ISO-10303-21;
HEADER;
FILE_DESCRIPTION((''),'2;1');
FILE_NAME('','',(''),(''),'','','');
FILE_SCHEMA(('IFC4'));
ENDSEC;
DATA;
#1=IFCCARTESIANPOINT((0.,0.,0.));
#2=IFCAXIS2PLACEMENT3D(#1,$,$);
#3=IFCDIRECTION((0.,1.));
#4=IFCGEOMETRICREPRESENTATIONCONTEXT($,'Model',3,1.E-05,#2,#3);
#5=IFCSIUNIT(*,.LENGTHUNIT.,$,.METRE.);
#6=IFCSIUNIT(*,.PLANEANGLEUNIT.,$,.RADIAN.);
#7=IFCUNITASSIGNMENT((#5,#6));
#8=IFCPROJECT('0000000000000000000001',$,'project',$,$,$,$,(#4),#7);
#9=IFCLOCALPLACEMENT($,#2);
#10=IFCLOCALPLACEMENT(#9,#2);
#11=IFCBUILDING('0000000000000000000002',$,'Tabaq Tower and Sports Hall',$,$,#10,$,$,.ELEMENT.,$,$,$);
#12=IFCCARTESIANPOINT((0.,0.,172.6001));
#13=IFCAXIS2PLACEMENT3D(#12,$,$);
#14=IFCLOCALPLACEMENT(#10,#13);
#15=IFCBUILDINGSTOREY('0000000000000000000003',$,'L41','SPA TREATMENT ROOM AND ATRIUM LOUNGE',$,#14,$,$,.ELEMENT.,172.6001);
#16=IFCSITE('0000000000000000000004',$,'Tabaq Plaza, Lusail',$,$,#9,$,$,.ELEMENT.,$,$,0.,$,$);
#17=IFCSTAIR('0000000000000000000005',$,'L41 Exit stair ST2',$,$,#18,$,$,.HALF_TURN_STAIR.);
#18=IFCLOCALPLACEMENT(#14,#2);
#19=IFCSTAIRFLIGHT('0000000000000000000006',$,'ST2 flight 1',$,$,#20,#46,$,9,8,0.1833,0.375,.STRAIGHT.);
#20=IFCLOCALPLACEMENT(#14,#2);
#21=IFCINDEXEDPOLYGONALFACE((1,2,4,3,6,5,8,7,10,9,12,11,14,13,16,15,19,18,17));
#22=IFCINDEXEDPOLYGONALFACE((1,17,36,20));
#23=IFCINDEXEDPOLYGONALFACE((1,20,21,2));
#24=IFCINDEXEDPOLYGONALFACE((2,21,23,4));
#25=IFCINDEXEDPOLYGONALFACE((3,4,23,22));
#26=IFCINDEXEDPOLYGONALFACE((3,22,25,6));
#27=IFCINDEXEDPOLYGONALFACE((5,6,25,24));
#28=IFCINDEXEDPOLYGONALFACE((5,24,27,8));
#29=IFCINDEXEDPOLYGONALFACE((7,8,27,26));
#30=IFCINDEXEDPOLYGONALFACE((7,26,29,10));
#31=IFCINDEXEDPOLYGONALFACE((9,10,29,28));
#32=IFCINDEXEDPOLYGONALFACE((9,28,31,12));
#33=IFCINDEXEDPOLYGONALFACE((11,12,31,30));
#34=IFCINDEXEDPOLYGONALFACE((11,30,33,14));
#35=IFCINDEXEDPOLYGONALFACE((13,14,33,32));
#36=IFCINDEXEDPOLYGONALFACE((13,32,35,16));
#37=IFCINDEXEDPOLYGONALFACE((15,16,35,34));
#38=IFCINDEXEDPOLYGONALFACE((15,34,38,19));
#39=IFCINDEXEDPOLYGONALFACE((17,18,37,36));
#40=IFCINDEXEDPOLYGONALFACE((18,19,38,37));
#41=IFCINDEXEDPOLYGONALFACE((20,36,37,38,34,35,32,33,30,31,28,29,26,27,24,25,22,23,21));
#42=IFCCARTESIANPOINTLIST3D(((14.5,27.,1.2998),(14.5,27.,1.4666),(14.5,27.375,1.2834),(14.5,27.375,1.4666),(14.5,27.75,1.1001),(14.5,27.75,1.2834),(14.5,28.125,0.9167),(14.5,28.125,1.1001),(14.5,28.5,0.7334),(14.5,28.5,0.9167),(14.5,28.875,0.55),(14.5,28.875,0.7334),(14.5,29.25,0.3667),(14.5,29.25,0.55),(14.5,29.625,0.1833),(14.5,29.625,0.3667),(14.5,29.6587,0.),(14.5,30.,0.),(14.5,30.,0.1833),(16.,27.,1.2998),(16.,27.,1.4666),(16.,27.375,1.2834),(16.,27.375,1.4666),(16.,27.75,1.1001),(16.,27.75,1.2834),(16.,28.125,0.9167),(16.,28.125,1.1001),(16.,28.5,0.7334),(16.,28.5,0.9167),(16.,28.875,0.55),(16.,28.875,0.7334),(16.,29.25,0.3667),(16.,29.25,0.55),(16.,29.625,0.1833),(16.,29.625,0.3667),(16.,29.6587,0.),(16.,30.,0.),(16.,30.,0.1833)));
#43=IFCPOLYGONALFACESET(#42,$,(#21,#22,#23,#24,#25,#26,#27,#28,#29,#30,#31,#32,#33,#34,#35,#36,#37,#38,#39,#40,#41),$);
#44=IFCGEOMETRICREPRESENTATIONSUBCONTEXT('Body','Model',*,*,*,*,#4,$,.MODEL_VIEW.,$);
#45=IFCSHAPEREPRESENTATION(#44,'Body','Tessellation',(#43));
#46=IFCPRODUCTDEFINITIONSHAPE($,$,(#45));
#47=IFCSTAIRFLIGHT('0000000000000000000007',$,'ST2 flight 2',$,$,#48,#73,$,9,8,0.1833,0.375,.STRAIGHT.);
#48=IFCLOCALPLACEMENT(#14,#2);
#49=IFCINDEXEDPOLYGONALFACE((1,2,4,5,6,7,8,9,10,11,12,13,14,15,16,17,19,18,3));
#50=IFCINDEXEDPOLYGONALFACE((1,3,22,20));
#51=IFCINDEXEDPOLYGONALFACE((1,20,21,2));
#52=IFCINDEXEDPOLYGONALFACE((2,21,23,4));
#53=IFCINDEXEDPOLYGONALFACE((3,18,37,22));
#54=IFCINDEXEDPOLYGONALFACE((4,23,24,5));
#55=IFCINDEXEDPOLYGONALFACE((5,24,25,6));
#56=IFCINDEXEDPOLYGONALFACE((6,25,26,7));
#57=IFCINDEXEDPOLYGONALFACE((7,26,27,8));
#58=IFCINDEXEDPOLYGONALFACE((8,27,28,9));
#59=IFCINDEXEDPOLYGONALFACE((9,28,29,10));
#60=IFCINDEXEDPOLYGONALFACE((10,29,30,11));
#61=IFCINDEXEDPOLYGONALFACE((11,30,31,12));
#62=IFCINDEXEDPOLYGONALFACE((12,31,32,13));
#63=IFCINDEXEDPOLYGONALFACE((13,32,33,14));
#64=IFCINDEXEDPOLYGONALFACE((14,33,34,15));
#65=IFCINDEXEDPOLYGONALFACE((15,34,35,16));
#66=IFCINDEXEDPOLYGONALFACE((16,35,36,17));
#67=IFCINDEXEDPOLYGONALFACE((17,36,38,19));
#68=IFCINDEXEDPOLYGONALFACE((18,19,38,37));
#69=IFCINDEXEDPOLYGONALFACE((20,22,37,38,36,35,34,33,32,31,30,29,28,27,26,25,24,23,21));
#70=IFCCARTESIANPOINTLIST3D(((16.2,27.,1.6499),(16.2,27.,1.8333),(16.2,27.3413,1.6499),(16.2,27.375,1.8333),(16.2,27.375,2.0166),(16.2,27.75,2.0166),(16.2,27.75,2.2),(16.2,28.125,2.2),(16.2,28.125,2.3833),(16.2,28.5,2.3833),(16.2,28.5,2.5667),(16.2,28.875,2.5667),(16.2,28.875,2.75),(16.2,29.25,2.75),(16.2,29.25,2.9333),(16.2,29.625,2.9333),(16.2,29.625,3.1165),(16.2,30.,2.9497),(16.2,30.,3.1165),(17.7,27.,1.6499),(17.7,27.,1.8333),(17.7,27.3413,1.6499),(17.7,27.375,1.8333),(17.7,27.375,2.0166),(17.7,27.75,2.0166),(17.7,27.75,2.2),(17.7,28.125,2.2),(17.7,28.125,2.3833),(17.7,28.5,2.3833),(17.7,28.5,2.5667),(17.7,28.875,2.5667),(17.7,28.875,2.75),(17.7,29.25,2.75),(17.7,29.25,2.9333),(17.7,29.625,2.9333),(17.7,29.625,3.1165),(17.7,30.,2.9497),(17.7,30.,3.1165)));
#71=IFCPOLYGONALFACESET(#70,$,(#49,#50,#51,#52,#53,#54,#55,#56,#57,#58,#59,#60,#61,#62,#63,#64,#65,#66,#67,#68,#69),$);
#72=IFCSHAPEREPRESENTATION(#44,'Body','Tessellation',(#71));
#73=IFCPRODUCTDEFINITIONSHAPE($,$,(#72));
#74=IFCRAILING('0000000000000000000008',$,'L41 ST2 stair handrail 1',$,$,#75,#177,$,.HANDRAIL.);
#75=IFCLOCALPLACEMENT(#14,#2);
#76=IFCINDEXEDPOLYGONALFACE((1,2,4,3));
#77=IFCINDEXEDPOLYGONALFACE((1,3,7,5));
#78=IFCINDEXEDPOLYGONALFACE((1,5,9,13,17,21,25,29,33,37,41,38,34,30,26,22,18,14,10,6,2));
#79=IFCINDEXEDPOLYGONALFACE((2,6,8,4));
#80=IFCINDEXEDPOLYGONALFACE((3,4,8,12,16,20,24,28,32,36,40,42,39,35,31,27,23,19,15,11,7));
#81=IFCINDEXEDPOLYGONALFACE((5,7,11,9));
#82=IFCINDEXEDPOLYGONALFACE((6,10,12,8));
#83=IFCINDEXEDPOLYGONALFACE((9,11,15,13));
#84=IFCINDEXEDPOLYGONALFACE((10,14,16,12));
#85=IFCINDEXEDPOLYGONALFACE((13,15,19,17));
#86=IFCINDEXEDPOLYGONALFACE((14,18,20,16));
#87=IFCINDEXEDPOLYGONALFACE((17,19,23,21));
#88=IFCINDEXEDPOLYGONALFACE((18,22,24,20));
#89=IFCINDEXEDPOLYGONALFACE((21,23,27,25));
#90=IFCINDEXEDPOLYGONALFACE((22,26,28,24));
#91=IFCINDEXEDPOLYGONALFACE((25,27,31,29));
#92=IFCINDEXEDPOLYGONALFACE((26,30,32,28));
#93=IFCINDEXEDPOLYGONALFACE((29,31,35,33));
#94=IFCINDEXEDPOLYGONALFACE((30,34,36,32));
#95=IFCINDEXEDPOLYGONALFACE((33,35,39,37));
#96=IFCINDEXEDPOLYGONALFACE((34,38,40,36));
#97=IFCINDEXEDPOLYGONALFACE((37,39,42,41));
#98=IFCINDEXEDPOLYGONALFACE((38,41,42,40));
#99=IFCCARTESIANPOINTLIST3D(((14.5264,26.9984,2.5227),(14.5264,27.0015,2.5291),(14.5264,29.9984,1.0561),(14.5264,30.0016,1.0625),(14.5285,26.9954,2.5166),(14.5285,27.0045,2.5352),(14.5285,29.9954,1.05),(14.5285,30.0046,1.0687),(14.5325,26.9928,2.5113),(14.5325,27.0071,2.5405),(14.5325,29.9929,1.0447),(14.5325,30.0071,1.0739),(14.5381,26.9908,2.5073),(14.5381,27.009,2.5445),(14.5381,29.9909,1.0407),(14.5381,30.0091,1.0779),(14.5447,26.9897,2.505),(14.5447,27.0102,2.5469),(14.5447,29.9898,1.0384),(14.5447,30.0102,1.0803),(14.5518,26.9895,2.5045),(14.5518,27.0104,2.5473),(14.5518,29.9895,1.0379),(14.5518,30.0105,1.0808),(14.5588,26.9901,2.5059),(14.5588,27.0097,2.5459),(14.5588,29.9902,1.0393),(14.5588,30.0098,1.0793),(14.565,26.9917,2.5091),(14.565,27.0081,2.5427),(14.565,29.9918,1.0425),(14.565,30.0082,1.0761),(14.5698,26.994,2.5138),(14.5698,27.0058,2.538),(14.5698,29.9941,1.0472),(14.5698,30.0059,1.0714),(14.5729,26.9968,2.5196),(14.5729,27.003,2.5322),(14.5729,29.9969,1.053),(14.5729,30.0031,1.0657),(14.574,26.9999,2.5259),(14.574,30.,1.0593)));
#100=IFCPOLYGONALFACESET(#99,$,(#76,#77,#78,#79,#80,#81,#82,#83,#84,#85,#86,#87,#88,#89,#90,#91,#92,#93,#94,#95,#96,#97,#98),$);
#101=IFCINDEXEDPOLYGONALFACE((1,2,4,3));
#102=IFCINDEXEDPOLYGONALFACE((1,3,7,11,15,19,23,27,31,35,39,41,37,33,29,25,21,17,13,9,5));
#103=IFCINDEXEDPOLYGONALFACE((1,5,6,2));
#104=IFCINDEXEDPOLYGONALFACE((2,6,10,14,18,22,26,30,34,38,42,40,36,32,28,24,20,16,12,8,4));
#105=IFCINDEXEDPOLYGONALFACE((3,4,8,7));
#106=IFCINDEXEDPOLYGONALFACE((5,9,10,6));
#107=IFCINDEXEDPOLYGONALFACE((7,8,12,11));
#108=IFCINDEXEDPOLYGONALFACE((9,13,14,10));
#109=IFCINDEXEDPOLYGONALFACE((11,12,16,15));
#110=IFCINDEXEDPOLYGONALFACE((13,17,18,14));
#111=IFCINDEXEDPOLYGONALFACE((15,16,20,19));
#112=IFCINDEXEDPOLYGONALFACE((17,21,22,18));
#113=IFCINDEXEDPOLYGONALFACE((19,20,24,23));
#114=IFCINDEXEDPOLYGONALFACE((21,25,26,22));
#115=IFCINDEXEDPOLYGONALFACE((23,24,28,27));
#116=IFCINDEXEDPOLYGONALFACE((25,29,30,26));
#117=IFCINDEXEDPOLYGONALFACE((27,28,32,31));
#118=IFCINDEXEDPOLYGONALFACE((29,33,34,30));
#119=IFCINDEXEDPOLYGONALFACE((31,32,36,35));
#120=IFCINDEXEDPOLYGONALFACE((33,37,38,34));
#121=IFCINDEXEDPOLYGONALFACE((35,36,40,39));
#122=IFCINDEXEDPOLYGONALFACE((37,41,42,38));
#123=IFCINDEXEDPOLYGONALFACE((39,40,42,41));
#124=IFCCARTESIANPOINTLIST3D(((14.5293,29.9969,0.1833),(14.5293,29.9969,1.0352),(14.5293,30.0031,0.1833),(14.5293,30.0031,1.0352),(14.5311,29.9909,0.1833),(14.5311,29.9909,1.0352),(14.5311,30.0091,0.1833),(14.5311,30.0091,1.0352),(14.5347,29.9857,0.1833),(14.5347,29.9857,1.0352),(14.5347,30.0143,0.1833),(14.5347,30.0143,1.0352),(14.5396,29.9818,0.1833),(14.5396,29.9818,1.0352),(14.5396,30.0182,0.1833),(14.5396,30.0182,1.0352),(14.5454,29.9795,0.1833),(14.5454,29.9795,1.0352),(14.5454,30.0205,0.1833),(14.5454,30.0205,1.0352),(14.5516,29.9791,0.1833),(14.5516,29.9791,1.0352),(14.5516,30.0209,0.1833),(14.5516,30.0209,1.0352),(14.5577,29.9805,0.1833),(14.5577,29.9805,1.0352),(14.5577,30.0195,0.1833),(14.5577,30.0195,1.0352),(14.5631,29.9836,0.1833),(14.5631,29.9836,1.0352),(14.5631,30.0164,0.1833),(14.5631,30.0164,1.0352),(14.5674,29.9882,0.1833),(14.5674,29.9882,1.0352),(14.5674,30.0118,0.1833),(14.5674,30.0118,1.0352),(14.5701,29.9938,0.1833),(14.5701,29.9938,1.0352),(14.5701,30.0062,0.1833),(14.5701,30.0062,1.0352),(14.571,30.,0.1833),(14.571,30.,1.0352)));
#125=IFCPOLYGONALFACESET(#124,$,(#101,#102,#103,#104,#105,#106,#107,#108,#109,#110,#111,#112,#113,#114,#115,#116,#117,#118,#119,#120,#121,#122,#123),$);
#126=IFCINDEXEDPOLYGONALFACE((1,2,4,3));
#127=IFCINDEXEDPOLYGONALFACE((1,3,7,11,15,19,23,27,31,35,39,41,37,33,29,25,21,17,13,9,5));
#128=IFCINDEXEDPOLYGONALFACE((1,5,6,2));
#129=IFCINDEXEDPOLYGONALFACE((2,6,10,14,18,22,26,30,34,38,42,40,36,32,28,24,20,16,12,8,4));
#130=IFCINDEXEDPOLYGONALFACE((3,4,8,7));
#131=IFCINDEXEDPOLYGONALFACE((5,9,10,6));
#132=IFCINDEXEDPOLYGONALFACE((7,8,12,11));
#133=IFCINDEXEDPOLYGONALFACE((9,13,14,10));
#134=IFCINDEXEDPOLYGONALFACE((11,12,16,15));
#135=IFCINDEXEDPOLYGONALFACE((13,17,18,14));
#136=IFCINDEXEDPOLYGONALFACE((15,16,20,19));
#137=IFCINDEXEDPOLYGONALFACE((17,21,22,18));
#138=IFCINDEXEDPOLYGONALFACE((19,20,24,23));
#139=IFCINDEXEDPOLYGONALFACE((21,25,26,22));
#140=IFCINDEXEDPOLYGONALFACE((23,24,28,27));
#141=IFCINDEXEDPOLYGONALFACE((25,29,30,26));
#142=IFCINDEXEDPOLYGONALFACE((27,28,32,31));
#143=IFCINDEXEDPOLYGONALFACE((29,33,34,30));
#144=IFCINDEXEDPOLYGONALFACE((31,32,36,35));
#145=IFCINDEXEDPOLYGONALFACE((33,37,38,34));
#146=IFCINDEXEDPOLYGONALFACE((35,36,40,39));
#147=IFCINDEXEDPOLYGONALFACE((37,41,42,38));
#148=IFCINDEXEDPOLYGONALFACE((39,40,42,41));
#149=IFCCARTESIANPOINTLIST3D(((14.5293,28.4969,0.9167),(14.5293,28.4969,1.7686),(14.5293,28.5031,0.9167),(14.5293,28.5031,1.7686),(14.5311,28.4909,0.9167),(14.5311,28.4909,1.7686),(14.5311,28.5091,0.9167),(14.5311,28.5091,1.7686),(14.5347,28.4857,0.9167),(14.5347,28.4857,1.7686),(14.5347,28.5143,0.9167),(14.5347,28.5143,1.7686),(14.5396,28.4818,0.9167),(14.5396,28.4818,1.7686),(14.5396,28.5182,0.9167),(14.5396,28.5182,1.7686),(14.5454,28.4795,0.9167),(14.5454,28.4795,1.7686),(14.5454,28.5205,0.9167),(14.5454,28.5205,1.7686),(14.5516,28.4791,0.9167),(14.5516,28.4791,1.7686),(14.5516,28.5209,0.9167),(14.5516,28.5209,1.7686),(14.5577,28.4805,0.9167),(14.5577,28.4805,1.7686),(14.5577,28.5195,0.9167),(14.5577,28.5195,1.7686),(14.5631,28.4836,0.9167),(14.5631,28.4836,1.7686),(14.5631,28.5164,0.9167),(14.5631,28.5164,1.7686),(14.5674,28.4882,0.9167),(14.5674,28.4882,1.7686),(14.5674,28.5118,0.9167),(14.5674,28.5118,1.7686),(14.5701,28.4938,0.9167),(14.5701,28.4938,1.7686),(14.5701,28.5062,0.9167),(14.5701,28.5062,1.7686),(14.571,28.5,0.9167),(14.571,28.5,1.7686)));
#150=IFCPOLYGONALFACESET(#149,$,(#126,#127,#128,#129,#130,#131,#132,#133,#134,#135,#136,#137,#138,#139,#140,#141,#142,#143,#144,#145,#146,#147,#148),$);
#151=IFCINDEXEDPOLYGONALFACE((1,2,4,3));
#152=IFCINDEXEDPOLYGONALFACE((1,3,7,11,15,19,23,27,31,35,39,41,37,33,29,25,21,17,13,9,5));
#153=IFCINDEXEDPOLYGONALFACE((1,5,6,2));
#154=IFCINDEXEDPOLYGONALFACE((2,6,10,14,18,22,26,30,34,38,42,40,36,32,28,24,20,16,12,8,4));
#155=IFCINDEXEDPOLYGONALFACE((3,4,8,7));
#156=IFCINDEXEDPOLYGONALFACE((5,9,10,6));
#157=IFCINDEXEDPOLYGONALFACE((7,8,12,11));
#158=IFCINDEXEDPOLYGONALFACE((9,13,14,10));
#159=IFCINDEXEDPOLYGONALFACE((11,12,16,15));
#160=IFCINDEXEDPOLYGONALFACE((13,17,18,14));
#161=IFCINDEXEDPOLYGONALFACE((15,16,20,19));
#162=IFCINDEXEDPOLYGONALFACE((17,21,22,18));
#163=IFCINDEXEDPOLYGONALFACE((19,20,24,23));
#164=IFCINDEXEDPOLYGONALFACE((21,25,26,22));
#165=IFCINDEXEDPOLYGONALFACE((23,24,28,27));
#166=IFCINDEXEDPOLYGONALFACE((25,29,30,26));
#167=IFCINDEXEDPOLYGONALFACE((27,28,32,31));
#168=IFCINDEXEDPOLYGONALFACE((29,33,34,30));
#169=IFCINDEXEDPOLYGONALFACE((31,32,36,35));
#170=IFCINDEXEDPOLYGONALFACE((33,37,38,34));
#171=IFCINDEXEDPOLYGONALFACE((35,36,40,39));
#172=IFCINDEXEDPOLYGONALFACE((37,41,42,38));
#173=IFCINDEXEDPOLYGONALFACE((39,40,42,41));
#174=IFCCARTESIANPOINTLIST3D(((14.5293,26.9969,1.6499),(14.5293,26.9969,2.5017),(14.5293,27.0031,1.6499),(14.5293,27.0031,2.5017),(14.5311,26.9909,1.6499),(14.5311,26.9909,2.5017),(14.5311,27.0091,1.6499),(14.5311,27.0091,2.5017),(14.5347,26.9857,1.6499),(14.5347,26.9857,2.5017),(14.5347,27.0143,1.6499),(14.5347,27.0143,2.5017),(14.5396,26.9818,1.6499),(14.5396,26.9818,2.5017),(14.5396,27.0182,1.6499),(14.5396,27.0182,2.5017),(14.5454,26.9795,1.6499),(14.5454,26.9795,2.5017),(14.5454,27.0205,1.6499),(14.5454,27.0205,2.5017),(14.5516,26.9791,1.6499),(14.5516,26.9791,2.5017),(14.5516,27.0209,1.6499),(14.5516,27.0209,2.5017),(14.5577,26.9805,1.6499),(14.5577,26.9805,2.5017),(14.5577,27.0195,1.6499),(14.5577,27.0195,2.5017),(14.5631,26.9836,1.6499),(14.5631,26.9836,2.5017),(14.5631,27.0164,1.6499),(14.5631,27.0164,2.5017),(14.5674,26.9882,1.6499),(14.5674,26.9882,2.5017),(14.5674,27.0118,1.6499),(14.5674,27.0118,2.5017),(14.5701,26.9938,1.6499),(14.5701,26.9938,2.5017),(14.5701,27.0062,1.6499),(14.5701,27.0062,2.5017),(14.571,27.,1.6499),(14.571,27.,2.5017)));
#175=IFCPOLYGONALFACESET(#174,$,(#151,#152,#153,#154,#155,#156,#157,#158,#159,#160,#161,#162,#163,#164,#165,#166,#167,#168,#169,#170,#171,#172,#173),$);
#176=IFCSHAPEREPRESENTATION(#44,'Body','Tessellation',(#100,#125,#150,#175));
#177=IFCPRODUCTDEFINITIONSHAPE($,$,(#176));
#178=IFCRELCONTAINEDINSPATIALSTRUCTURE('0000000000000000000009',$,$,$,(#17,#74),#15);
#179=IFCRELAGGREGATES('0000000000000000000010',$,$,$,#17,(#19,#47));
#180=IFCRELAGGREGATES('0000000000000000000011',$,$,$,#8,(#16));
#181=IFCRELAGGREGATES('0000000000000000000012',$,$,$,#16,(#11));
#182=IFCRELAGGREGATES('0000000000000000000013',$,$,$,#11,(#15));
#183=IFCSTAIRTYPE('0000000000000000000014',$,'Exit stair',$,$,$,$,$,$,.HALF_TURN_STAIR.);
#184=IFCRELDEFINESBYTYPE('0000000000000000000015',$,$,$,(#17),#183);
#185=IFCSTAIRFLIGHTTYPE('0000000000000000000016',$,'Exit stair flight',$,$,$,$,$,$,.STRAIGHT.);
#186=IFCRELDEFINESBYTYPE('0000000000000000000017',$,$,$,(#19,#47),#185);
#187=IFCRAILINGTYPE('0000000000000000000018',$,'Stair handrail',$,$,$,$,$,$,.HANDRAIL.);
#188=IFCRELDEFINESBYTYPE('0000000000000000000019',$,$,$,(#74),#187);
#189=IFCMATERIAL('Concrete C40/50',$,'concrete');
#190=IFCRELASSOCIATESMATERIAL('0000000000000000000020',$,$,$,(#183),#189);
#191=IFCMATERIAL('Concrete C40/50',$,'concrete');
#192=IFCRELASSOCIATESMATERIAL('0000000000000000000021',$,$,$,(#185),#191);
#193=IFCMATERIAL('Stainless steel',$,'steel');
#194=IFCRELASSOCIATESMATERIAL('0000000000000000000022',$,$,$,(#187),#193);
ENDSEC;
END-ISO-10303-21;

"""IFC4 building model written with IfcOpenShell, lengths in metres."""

from ifc_helpers import new_model, si_unit, direction, frame, origin, origin_2d, place, context, subcontext, project, spatial, polyline, circle, outline, extrude, material, type_object, element, aggregate, save


model = new_model("IFC4")

# Units and contexts
model_context = context("Model", 3, precision=1e-05, world=origin(), true_north=direction((0.0, 1.0)))
body_context = subcontext(model_context, "Body", "Model", "MODEL_VIEW")
ifc_project = project(units=[si_unit("LENGTHUNIT", "METRE"), si_unit("PLANEANGLEUNIT", "RADIAN")], contexts=[model_context])

# Site, building, storey
site_placement = place(None, origin())
site = spatial("IfcSite", under=ifc_project, at=site_placement, Name="Tabaq Plaza, Lusail", CompositionType="ELEMENT", RefElevation=0.0)
building_placement = place(site_placement, origin())
building = spatial("IfcBuilding", under=site, at=building_placement, Name="Tabaq Tower and Sports Hall", CompositionType="ELEMENT")
storey_placement = place(building_placement, frame((0.0, 0.0, 172.6001)))
storey = spatial("IfcBuildingStorey", under=building, at=storey_placement, Name="L41", Description="SPA TREATMENT ROOM AND ATRIUM LOUNGE", CompositionType="ELEMENT", Elevation=172.6001)

# Stair, stair flights
ifc_material_1 = material(Name="Concrete C40/50", Category="concrete")
stair_type = type_object("IfcStairType", Name="Exit stair", PredefinedType="HALF_TURN_STAIR", material=ifc_material_1)
stair_placement = place(storey_placement, origin())
stair = element("IfcStair", 1, at=stair_placement, inside=storey, type_object=stair_type, Name="L41 Exit stair ST2", PredefinedType="HALF_TURN_STAIR")
ifc_material_2 = material(Name="Concrete C40/50", Category="concrete")
stair_flight_type = type_object("IfcStairFlightType", Name="Exit stair flight", PredefinedType="STRAIGHT", material=ifc_material_2)
stair_flight_1_placement = place(storey_placement, frame((15.25, 30.0, 0.0), z_axis=(0.0, 0.0, 1.0), x_axis=(0.0, -1.0, 0.0)))
stair_flight_1 = element("IfcStairFlight", 2, at=stair_flight_1_placement, type_object=stair_flight_type, Name="ST2 flight 1", NumberOfRisers=9, NumberOfTreads=8, PredefinedType="STRAIGHT", RiserHeight=0.1833, TreadLength=0.375, context=body_context, shape_type="SweptSolid", body=[
    extrude(outline(polyline([(0.0, 0.0), (0.0, 0.1833), (0.375, 0.1833), (0.375, 0.3667), (0.75, 0.3667), (0.75, 0.55), (1.125, 0.55), (1.125, 0.7334), (1.5, 0.7334), (1.5, 0.9167), (1.875, 0.9167), (1.875, 1.1001), (2.25, 1.1001), (2.25, 1.2834), (2.625, 1.2834), (2.625, 1.4666), (3.0, 1.4666), (3.0, 1.6499), (3.0, 1.2998), (0.3413, 0.0), (0.0, 0.0)])), frame((0.0, 0.75, 0.0), z_axis=(0.0, -1.0, 0.0), x_axis=(1.0, 0.0, 0.0)), (0.0, 0.0, 1.0), 1.5),
])
stair_flight_2_placement = place(storey_placement, frame((16.95, 27.0, 1.6499), z_axis=(0.0, 0.0, 1.0), x_axis=(0.0, 1.0, 0.0)))
stair_flight_2 = element("IfcStairFlight", 3, at=stair_flight_2_placement, type_object=stair_flight_type, Name="ST2 flight 2", NumberOfRisers=9, NumberOfTreads=8, PredefinedType="STRAIGHT", RiserHeight=0.1833, TreadLength=0.375, context=body_context, shape_type="SweptSolid", body=[
    extrude(outline(polyline([(0.0, 0.0), (0.0, 0.1833), (0.375, 0.1833), (0.375, 0.3667), (0.75, 0.3667), (0.75, 0.55), (1.125, 0.55), (1.125, 0.7334), (1.5, 0.7334), (1.5, 0.9167), (1.875, 0.9167), (1.875, 1.1001), (2.25, 1.1001), (2.25, 1.2834), (2.625, 1.2834), (2.625, 1.4666), (3.0, 1.4666), (3.0, 1.6499), (3.0, 1.2998), (0.3413, 0.0), (0.0, 0.0)])), frame((0.0, 0.75, 0.0), z_axis=(0.0, -1.0, 0.0), x_axis=(1.0, 0.0, 0.0)), (0.0, 0.0, 1.0), 1.5),
])
aggregate(stair, [stair_flight_1, stair_flight_2])

# Railing
ifc_material_3 = material(Name="Stainless steel", Category="steel")
railing_type_1 = type_object("IfcRailingType", Name="Stair handrail", PredefinedType="HANDRAIL", material=ifc_material_3)
railing_1_placement = place(storey_placement, frame((14.55, 30.0, 0.1833)))
element("IfcRailing", 4, at=railing_1_placement, inside=storey, type_object=railing_type_1, Name="L41 ST2 stair handrail 1", PredefinedType="HANDRAIL", context=body_context, shape_type="SweptSolid", body=[
    extrude(circle(Radius=0.0239, at=origin_2d()), frame((0.0, 0.0, 0.876), z_axis=(0.0, -0.898398, 0.439183), x_axis=(1.0, 0.0, 0.0)), (0.0, 0.0, 1.0), 3.3394),
    extrude(circle(Radius=0.021, at=origin_2d()), origin(), (0.0, 0.0, 1.0), 0.8518),
    extrude(circle(Radius=0.021, at=origin_2d()), frame((0.0, -1.5, 0.7334)), (0.0, 0.0, 1.0), 0.8518),
    extrude(circle(Radius=0.021, at=origin_2d()), frame((0.0, -3.0, 1.4666)), (0.0, 0.0, 1.0), 0.8518),
])

save(model, "model.ifc")
